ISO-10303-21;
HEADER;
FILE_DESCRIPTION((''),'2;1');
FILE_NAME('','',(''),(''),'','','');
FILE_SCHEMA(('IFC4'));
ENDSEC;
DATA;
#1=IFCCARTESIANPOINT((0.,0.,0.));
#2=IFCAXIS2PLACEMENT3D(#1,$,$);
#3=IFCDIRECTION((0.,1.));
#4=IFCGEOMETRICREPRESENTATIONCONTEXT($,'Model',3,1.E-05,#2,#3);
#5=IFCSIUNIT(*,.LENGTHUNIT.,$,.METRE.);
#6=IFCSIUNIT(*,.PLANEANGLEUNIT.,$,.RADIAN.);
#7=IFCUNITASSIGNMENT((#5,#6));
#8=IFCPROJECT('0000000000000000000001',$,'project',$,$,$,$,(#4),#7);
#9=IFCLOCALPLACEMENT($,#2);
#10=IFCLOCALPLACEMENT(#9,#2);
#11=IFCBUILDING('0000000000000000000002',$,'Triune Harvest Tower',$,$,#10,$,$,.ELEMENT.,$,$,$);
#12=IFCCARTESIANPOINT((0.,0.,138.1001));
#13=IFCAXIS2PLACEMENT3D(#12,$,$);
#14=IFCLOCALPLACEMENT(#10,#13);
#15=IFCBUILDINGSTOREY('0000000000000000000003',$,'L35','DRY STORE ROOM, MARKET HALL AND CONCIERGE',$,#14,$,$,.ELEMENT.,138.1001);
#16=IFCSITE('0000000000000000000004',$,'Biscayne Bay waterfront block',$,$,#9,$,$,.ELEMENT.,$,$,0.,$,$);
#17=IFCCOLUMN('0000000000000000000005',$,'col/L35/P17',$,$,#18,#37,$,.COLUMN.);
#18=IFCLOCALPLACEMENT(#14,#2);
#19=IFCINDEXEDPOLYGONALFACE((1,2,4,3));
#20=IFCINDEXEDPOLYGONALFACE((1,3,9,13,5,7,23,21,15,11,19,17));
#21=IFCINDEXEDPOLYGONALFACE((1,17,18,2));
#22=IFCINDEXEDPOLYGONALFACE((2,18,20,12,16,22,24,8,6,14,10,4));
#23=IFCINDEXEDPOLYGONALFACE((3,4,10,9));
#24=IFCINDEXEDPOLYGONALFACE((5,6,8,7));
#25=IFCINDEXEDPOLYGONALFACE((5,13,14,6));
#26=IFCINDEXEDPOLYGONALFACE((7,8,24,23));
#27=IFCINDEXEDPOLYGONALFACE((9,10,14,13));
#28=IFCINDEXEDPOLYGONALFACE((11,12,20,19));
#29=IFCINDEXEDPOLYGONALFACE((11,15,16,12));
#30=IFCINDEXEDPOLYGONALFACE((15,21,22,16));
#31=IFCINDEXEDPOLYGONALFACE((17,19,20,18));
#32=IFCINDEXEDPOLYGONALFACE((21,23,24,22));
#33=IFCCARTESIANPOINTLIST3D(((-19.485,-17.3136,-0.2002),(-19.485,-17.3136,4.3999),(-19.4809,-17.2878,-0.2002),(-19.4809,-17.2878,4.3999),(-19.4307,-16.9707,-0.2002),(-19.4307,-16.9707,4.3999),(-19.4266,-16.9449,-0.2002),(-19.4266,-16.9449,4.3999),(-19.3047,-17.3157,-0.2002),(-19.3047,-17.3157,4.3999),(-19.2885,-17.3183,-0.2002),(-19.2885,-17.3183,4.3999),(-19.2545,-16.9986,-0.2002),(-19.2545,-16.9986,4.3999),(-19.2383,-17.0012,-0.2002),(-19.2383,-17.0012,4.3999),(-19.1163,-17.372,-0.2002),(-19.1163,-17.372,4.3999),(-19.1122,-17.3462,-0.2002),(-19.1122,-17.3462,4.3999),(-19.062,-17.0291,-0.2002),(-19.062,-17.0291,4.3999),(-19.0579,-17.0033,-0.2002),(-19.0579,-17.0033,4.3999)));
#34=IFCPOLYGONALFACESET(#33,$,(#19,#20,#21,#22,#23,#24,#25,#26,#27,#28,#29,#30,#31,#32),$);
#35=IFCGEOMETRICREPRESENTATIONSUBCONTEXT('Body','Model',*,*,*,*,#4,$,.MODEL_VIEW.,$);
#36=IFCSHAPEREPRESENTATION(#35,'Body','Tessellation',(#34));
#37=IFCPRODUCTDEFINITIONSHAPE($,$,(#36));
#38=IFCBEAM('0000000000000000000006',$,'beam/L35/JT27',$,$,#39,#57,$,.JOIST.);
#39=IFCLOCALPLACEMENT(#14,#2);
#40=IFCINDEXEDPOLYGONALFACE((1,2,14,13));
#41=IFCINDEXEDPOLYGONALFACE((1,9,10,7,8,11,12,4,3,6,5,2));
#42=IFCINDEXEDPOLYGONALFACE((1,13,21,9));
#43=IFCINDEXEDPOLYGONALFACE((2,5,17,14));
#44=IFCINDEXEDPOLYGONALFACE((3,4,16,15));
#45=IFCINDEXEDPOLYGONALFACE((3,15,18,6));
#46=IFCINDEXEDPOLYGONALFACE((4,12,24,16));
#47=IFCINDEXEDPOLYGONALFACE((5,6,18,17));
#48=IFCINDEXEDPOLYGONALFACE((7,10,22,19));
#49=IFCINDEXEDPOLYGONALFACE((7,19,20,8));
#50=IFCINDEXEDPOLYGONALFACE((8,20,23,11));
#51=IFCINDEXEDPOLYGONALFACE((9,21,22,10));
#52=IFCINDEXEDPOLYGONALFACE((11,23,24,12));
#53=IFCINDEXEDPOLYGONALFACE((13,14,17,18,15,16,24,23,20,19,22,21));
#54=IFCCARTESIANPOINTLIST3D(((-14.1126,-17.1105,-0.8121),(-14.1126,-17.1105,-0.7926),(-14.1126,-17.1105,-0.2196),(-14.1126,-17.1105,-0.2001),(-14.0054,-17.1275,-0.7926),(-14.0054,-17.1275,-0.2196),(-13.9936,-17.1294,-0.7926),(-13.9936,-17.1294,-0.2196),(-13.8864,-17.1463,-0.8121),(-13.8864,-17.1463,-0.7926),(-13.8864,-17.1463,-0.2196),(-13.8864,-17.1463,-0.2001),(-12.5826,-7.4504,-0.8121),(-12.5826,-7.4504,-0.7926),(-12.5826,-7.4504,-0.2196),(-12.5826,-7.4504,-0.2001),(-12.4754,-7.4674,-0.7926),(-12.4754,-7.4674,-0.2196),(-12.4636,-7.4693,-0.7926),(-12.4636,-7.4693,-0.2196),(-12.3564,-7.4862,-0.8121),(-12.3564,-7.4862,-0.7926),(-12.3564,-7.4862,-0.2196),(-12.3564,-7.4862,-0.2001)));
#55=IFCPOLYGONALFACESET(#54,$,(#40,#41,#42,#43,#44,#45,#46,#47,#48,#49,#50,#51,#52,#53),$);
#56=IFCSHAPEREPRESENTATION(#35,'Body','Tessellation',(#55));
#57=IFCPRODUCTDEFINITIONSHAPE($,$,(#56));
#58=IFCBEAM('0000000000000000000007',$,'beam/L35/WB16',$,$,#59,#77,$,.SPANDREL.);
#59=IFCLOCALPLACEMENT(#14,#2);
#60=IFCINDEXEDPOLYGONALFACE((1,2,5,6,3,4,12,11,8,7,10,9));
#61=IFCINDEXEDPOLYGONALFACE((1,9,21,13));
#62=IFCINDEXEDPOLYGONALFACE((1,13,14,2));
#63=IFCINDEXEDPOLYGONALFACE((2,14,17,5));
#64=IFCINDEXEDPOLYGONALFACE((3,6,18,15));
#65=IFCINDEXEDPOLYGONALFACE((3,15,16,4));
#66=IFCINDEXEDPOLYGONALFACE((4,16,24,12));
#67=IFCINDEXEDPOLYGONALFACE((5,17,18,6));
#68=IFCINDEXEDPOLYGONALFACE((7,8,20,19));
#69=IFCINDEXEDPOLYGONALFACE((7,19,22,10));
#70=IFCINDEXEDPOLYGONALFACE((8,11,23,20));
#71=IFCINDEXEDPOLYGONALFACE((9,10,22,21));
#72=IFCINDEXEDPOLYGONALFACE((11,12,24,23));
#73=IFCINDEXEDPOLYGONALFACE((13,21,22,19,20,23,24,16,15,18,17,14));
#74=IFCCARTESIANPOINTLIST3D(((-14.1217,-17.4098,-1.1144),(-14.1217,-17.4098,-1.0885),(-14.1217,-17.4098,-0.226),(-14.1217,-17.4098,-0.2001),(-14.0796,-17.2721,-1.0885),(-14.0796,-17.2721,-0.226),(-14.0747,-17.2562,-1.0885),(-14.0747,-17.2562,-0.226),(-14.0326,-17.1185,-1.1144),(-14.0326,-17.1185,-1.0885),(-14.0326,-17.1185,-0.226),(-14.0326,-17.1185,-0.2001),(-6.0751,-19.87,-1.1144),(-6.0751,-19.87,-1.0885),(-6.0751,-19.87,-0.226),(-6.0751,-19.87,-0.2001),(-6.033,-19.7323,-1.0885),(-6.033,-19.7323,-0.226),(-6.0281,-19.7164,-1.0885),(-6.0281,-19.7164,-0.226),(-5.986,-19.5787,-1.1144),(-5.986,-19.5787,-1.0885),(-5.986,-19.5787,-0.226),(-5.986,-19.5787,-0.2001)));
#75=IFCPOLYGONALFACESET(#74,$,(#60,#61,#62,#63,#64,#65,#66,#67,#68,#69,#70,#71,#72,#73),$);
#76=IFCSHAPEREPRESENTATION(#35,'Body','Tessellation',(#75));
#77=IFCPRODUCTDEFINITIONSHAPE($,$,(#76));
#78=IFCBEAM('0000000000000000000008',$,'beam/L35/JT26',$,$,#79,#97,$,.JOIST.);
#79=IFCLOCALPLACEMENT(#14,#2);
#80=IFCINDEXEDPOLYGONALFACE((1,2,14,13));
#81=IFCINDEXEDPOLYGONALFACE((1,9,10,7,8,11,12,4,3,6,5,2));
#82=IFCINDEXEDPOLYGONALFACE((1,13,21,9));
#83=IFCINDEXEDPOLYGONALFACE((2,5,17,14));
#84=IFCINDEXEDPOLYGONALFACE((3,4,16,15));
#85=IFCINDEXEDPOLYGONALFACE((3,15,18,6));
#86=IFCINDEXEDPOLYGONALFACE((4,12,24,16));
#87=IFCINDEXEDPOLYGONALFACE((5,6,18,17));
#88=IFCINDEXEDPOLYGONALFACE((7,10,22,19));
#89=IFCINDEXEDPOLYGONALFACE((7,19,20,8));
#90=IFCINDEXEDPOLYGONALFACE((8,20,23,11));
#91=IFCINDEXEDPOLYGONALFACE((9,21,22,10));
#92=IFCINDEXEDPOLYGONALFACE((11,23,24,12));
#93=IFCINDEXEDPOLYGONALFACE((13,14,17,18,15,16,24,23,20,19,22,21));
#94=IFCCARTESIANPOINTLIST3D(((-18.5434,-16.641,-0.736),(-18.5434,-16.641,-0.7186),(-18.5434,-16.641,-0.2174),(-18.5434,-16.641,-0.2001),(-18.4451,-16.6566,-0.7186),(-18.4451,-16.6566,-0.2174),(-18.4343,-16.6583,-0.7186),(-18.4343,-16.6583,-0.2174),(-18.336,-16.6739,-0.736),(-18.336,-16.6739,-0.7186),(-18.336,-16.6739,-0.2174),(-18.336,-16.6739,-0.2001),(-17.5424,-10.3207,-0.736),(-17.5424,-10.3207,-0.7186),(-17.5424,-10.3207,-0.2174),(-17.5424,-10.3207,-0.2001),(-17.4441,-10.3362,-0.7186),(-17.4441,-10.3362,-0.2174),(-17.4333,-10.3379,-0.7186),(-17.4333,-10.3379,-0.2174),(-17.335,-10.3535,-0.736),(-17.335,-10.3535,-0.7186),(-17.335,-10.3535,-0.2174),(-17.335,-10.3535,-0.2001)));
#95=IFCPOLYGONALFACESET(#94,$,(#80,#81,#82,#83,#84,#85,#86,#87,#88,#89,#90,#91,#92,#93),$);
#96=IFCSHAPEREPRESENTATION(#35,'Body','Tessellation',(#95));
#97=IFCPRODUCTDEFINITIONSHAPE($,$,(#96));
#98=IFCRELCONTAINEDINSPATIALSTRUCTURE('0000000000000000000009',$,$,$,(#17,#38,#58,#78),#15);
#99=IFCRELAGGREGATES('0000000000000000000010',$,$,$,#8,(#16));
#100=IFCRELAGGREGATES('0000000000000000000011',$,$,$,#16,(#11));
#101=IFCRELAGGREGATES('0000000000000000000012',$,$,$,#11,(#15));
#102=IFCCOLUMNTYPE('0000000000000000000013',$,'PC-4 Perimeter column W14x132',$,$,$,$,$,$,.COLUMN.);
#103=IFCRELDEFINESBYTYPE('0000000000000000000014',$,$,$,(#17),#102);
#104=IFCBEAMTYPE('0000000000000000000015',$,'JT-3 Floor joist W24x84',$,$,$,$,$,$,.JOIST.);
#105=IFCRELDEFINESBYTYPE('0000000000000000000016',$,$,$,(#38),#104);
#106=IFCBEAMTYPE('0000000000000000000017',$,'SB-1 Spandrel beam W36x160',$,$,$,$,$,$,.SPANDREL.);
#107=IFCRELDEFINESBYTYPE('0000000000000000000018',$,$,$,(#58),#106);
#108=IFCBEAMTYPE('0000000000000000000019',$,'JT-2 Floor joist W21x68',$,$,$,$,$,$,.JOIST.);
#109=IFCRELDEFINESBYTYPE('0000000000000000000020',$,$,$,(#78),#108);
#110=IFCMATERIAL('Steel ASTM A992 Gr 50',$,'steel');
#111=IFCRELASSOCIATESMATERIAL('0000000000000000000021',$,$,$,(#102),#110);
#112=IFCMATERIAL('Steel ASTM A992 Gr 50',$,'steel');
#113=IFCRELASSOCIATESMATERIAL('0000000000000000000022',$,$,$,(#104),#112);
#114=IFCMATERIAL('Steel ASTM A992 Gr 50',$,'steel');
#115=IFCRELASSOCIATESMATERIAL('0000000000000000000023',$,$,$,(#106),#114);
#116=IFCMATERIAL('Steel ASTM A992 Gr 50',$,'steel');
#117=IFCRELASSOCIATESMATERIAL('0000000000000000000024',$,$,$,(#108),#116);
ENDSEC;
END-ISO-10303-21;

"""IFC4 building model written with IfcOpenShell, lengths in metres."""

from ifc_helpers import new_model, si_unit, direction, frame, origin, origin_2d, place, context, subcontext, project, spatial, i_section, extrude, source, transform, mapped, material, material_profile, profile_set, type_object, element, save


model = new_model("IFC4")

# Units and contexts
model_context = context("Model", 3, precision=1e-05, world=origin(), true_north=direction((0.0, 1.0)))
body_context = subcontext(model_context, "Body", "Model", "MODEL_VIEW")
ifc_project = project(units=[si_unit("LENGTHUNIT", "METRE"), si_unit("PLANEANGLEUNIT", "RADIAN")], contexts=[model_context])

# Site, building, storey
site_placement = place(None, origin())
site = spatial("IfcSite", under=ifc_project, at=site_placement, Name="Biscayne Bay waterfront block", CompositionType="ELEMENT", RefElevation=0.0)
building_placement = place(site_placement, origin())
building = spatial("IfcBuilding", under=site, at=building_placement, Name="Triune Harvest Tower", CompositionType="ELEMENT")
storey_placement = place(building_placement, frame((0.0, 0.0, 138.1001)))
storey = spatial("IfcBuildingStorey", under=building, at=storey_placement, Name="L35", Description="DRY STORE ROOM, MARKET HALL AND CONCIERGE", CompositionType="ELEMENT", Elevation=138.1001)

# Column
ifc_material_1 = material(Name="Steel ASTM A992 Gr 50", Category="steel")
ifc_material_profile_1 = material_profile(ifc_material_1, i_section(OverallWidth=0.3733, OverallDepth=0.3733, WebThickness=0.0164, FlangeThickness=0.0261, at=origin_2d()), Name="W14x132")
ifc_profile_set_1 = profile_set([ifc_material_profile_1], Name="Steel ASTM A992 Gr 50")
column_type = type_object("IfcColumnType", Name="PC-4 Perimeter column W14x132", PredefinedType="COLUMN", material=ifc_profile_set_1)
shared_shape_1 = source(origin(), body_context, "Body", "SweptSolid", [
    extrude(i_section(OverallWidth=0.3733, OverallDepth=0.3733, WebThickness=0.0164, FlangeThickness=0.0261, at=origin_2d()), origin(), (0.0, 0.0, 1.0), 4.6001),
])
column_placement = place(storey_placement, frame((-19.2715, -17.1584, -0.2002), z_axis=(0.0, 0.0, 1.0), x_axis=(0.987688, -0.156434, 0.0)))
element("IfcColumn", 1, at=column_placement, inside=storey, type_object=column_type, Name="col/L35/P17", PredefinedType="COLUMN", context=body_context, shape_type="MappedRepresentation", body=[
    mapped(shared_shape_1, transform((0.0, 0.0, 0.0), scale=1.0)),
])

# Beams
ifc_material_2 = material(Name="Steel ASTM A992 Gr 50", Category="steel")
ifc_material_profile_2 = material_profile(ifc_material_2, i_section(OverallWidth=0.229, OverallDepth=0.6121, WebThickness=0.012, FlangeThickness=0.0195, at=origin_2d()), Name="W24x84")
ifc_profile_set_2 = profile_set([ifc_material_profile_2], Name="Steel ASTM A992 Gr 50")
beam_type_1 = type_object("IfcBeamType", Name="JT-3 Floor joist W24x84", PredefinedType="JOIST", material=ifc_profile_set_2)
beam_1_placement = place(storey_placement, frame((-13.9995, -17.1284, -0.5061), z_axis=(0.156436, 0.987688, 0.0), x_axis=(-0.987688, 0.156436, 0.0)))
element("IfcBeam", 2, at=beam_1_placement, inside=storey, type_object=beam_type_1, Name="beam/L35/JT27", PredefinedType="JOIST", context=body_context, shape_type="SweptSolid", body=[
    extrude(i_section(OverallWidth=0.229, OverallDepth=0.6121, WebThickness=0.012, FlangeThickness=0.0195, at=origin_2d()), origin(), (0.0, 0.0, 1.0), 9.7805),
])
ifc_material_3 = material(Name="Steel ASTM A992 Gr 50", Category="steel")
ifc_material_profile_3 = material_profile(ifc_material_3, i_section(OverallWidth=0.3047, OverallDepth=0.9143, WebThickness=0.0166, FlangeThickness=0.0259, at=origin_2d()), Name="W36x160")
ifc_profile_set_3 = profile_set([ifc_material_profile_3], Name="Steel ASTM A992 Gr 50")
beam_type_2 = type_object("IfcBeamType", Name="SB-1 Spandrel beam W36x160", PredefinedType="SPANDREL", material=ifc_profile_set_3)
shared_shape_2 = source(origin(), body_context, "Body", "SweptSolid", [
    extrude(i_section(OverallWidth=0.3047, OverallDepth=0.9143, WebThickness=0.0166, FlangeThickness=0.0259, at=origin_2d()), origin(), (0.0, 0.0, 1.0), 8.4143),
])
beam_2_placement = place(storey_placement, frame((-14.0771, -17.2642, -0.6572), z_axis=(0.956301, -0.292383, 0.0), x_axis=(0.292383, 0.956301, 0.0)))
element("IfcBeam", 3, at=beam_2_placement, inside=storey, type_object=beam_type_2, Name="beam/L35/WB16", PredefinedType="SPANDREL", context=body_context, shape_type="MappedRepresentation", body=[
    mapped(shared_shape_2, transform((0.0, 0.0, 0.0), scale=1.0)),
])
ifc_material_4 = material(Name="Steel ASTM A992 Gr 50", Category="steel")
ifc_material_profile_4 = material_profile(ifc_material_4, i_section(OverallWidth=0.21, OverallDepth=0.5359, WebThickness=0.011, FlangeThickness=0.0173, at=origin_2d()), Name="W21x68")
ifc_profile_set_4 = profile_set([ifc_material_profile_4], Name="Steel ASTM A992 Gr 50")
beam_type_3 = type_object("IfcBeamType", Name="JT-2 Floor joist W21x68", PredefinedType="JOIST", material=ifc_profile_set_4)
shared_shape_3 = source(origin(), body_context, "Body", "SweptSolid", [
    extrude(i_section(OverallWidth=0.21, OverallDepth=0.5359, WebThickness=0.011, FlangeThickness=0.0173, at=origin_2d()), origin(), (0.0, 0.0, 1.0), 6.3992),
])
beam_3_placement = place(storey_placement, frame((-18.4397, -16.6575, -0.468), z_axis=(0.156425, 0.98769, 0.0), x_axis=(-0.98769, 0.156425, 0.0)))
element("IfcBeam", 4, at=beam_3_placement, inside=storey, type_object=beam_type_3, Name="beam/L35/JT26", PredefinedType="JOIST", context=body_context, shape_type="MappedRepresentation", body=[
    mapped(shared_shape_3, transform((0.0, 0.0, 0.0), scale=1.0)),
])

save(model, "model.ifc")
